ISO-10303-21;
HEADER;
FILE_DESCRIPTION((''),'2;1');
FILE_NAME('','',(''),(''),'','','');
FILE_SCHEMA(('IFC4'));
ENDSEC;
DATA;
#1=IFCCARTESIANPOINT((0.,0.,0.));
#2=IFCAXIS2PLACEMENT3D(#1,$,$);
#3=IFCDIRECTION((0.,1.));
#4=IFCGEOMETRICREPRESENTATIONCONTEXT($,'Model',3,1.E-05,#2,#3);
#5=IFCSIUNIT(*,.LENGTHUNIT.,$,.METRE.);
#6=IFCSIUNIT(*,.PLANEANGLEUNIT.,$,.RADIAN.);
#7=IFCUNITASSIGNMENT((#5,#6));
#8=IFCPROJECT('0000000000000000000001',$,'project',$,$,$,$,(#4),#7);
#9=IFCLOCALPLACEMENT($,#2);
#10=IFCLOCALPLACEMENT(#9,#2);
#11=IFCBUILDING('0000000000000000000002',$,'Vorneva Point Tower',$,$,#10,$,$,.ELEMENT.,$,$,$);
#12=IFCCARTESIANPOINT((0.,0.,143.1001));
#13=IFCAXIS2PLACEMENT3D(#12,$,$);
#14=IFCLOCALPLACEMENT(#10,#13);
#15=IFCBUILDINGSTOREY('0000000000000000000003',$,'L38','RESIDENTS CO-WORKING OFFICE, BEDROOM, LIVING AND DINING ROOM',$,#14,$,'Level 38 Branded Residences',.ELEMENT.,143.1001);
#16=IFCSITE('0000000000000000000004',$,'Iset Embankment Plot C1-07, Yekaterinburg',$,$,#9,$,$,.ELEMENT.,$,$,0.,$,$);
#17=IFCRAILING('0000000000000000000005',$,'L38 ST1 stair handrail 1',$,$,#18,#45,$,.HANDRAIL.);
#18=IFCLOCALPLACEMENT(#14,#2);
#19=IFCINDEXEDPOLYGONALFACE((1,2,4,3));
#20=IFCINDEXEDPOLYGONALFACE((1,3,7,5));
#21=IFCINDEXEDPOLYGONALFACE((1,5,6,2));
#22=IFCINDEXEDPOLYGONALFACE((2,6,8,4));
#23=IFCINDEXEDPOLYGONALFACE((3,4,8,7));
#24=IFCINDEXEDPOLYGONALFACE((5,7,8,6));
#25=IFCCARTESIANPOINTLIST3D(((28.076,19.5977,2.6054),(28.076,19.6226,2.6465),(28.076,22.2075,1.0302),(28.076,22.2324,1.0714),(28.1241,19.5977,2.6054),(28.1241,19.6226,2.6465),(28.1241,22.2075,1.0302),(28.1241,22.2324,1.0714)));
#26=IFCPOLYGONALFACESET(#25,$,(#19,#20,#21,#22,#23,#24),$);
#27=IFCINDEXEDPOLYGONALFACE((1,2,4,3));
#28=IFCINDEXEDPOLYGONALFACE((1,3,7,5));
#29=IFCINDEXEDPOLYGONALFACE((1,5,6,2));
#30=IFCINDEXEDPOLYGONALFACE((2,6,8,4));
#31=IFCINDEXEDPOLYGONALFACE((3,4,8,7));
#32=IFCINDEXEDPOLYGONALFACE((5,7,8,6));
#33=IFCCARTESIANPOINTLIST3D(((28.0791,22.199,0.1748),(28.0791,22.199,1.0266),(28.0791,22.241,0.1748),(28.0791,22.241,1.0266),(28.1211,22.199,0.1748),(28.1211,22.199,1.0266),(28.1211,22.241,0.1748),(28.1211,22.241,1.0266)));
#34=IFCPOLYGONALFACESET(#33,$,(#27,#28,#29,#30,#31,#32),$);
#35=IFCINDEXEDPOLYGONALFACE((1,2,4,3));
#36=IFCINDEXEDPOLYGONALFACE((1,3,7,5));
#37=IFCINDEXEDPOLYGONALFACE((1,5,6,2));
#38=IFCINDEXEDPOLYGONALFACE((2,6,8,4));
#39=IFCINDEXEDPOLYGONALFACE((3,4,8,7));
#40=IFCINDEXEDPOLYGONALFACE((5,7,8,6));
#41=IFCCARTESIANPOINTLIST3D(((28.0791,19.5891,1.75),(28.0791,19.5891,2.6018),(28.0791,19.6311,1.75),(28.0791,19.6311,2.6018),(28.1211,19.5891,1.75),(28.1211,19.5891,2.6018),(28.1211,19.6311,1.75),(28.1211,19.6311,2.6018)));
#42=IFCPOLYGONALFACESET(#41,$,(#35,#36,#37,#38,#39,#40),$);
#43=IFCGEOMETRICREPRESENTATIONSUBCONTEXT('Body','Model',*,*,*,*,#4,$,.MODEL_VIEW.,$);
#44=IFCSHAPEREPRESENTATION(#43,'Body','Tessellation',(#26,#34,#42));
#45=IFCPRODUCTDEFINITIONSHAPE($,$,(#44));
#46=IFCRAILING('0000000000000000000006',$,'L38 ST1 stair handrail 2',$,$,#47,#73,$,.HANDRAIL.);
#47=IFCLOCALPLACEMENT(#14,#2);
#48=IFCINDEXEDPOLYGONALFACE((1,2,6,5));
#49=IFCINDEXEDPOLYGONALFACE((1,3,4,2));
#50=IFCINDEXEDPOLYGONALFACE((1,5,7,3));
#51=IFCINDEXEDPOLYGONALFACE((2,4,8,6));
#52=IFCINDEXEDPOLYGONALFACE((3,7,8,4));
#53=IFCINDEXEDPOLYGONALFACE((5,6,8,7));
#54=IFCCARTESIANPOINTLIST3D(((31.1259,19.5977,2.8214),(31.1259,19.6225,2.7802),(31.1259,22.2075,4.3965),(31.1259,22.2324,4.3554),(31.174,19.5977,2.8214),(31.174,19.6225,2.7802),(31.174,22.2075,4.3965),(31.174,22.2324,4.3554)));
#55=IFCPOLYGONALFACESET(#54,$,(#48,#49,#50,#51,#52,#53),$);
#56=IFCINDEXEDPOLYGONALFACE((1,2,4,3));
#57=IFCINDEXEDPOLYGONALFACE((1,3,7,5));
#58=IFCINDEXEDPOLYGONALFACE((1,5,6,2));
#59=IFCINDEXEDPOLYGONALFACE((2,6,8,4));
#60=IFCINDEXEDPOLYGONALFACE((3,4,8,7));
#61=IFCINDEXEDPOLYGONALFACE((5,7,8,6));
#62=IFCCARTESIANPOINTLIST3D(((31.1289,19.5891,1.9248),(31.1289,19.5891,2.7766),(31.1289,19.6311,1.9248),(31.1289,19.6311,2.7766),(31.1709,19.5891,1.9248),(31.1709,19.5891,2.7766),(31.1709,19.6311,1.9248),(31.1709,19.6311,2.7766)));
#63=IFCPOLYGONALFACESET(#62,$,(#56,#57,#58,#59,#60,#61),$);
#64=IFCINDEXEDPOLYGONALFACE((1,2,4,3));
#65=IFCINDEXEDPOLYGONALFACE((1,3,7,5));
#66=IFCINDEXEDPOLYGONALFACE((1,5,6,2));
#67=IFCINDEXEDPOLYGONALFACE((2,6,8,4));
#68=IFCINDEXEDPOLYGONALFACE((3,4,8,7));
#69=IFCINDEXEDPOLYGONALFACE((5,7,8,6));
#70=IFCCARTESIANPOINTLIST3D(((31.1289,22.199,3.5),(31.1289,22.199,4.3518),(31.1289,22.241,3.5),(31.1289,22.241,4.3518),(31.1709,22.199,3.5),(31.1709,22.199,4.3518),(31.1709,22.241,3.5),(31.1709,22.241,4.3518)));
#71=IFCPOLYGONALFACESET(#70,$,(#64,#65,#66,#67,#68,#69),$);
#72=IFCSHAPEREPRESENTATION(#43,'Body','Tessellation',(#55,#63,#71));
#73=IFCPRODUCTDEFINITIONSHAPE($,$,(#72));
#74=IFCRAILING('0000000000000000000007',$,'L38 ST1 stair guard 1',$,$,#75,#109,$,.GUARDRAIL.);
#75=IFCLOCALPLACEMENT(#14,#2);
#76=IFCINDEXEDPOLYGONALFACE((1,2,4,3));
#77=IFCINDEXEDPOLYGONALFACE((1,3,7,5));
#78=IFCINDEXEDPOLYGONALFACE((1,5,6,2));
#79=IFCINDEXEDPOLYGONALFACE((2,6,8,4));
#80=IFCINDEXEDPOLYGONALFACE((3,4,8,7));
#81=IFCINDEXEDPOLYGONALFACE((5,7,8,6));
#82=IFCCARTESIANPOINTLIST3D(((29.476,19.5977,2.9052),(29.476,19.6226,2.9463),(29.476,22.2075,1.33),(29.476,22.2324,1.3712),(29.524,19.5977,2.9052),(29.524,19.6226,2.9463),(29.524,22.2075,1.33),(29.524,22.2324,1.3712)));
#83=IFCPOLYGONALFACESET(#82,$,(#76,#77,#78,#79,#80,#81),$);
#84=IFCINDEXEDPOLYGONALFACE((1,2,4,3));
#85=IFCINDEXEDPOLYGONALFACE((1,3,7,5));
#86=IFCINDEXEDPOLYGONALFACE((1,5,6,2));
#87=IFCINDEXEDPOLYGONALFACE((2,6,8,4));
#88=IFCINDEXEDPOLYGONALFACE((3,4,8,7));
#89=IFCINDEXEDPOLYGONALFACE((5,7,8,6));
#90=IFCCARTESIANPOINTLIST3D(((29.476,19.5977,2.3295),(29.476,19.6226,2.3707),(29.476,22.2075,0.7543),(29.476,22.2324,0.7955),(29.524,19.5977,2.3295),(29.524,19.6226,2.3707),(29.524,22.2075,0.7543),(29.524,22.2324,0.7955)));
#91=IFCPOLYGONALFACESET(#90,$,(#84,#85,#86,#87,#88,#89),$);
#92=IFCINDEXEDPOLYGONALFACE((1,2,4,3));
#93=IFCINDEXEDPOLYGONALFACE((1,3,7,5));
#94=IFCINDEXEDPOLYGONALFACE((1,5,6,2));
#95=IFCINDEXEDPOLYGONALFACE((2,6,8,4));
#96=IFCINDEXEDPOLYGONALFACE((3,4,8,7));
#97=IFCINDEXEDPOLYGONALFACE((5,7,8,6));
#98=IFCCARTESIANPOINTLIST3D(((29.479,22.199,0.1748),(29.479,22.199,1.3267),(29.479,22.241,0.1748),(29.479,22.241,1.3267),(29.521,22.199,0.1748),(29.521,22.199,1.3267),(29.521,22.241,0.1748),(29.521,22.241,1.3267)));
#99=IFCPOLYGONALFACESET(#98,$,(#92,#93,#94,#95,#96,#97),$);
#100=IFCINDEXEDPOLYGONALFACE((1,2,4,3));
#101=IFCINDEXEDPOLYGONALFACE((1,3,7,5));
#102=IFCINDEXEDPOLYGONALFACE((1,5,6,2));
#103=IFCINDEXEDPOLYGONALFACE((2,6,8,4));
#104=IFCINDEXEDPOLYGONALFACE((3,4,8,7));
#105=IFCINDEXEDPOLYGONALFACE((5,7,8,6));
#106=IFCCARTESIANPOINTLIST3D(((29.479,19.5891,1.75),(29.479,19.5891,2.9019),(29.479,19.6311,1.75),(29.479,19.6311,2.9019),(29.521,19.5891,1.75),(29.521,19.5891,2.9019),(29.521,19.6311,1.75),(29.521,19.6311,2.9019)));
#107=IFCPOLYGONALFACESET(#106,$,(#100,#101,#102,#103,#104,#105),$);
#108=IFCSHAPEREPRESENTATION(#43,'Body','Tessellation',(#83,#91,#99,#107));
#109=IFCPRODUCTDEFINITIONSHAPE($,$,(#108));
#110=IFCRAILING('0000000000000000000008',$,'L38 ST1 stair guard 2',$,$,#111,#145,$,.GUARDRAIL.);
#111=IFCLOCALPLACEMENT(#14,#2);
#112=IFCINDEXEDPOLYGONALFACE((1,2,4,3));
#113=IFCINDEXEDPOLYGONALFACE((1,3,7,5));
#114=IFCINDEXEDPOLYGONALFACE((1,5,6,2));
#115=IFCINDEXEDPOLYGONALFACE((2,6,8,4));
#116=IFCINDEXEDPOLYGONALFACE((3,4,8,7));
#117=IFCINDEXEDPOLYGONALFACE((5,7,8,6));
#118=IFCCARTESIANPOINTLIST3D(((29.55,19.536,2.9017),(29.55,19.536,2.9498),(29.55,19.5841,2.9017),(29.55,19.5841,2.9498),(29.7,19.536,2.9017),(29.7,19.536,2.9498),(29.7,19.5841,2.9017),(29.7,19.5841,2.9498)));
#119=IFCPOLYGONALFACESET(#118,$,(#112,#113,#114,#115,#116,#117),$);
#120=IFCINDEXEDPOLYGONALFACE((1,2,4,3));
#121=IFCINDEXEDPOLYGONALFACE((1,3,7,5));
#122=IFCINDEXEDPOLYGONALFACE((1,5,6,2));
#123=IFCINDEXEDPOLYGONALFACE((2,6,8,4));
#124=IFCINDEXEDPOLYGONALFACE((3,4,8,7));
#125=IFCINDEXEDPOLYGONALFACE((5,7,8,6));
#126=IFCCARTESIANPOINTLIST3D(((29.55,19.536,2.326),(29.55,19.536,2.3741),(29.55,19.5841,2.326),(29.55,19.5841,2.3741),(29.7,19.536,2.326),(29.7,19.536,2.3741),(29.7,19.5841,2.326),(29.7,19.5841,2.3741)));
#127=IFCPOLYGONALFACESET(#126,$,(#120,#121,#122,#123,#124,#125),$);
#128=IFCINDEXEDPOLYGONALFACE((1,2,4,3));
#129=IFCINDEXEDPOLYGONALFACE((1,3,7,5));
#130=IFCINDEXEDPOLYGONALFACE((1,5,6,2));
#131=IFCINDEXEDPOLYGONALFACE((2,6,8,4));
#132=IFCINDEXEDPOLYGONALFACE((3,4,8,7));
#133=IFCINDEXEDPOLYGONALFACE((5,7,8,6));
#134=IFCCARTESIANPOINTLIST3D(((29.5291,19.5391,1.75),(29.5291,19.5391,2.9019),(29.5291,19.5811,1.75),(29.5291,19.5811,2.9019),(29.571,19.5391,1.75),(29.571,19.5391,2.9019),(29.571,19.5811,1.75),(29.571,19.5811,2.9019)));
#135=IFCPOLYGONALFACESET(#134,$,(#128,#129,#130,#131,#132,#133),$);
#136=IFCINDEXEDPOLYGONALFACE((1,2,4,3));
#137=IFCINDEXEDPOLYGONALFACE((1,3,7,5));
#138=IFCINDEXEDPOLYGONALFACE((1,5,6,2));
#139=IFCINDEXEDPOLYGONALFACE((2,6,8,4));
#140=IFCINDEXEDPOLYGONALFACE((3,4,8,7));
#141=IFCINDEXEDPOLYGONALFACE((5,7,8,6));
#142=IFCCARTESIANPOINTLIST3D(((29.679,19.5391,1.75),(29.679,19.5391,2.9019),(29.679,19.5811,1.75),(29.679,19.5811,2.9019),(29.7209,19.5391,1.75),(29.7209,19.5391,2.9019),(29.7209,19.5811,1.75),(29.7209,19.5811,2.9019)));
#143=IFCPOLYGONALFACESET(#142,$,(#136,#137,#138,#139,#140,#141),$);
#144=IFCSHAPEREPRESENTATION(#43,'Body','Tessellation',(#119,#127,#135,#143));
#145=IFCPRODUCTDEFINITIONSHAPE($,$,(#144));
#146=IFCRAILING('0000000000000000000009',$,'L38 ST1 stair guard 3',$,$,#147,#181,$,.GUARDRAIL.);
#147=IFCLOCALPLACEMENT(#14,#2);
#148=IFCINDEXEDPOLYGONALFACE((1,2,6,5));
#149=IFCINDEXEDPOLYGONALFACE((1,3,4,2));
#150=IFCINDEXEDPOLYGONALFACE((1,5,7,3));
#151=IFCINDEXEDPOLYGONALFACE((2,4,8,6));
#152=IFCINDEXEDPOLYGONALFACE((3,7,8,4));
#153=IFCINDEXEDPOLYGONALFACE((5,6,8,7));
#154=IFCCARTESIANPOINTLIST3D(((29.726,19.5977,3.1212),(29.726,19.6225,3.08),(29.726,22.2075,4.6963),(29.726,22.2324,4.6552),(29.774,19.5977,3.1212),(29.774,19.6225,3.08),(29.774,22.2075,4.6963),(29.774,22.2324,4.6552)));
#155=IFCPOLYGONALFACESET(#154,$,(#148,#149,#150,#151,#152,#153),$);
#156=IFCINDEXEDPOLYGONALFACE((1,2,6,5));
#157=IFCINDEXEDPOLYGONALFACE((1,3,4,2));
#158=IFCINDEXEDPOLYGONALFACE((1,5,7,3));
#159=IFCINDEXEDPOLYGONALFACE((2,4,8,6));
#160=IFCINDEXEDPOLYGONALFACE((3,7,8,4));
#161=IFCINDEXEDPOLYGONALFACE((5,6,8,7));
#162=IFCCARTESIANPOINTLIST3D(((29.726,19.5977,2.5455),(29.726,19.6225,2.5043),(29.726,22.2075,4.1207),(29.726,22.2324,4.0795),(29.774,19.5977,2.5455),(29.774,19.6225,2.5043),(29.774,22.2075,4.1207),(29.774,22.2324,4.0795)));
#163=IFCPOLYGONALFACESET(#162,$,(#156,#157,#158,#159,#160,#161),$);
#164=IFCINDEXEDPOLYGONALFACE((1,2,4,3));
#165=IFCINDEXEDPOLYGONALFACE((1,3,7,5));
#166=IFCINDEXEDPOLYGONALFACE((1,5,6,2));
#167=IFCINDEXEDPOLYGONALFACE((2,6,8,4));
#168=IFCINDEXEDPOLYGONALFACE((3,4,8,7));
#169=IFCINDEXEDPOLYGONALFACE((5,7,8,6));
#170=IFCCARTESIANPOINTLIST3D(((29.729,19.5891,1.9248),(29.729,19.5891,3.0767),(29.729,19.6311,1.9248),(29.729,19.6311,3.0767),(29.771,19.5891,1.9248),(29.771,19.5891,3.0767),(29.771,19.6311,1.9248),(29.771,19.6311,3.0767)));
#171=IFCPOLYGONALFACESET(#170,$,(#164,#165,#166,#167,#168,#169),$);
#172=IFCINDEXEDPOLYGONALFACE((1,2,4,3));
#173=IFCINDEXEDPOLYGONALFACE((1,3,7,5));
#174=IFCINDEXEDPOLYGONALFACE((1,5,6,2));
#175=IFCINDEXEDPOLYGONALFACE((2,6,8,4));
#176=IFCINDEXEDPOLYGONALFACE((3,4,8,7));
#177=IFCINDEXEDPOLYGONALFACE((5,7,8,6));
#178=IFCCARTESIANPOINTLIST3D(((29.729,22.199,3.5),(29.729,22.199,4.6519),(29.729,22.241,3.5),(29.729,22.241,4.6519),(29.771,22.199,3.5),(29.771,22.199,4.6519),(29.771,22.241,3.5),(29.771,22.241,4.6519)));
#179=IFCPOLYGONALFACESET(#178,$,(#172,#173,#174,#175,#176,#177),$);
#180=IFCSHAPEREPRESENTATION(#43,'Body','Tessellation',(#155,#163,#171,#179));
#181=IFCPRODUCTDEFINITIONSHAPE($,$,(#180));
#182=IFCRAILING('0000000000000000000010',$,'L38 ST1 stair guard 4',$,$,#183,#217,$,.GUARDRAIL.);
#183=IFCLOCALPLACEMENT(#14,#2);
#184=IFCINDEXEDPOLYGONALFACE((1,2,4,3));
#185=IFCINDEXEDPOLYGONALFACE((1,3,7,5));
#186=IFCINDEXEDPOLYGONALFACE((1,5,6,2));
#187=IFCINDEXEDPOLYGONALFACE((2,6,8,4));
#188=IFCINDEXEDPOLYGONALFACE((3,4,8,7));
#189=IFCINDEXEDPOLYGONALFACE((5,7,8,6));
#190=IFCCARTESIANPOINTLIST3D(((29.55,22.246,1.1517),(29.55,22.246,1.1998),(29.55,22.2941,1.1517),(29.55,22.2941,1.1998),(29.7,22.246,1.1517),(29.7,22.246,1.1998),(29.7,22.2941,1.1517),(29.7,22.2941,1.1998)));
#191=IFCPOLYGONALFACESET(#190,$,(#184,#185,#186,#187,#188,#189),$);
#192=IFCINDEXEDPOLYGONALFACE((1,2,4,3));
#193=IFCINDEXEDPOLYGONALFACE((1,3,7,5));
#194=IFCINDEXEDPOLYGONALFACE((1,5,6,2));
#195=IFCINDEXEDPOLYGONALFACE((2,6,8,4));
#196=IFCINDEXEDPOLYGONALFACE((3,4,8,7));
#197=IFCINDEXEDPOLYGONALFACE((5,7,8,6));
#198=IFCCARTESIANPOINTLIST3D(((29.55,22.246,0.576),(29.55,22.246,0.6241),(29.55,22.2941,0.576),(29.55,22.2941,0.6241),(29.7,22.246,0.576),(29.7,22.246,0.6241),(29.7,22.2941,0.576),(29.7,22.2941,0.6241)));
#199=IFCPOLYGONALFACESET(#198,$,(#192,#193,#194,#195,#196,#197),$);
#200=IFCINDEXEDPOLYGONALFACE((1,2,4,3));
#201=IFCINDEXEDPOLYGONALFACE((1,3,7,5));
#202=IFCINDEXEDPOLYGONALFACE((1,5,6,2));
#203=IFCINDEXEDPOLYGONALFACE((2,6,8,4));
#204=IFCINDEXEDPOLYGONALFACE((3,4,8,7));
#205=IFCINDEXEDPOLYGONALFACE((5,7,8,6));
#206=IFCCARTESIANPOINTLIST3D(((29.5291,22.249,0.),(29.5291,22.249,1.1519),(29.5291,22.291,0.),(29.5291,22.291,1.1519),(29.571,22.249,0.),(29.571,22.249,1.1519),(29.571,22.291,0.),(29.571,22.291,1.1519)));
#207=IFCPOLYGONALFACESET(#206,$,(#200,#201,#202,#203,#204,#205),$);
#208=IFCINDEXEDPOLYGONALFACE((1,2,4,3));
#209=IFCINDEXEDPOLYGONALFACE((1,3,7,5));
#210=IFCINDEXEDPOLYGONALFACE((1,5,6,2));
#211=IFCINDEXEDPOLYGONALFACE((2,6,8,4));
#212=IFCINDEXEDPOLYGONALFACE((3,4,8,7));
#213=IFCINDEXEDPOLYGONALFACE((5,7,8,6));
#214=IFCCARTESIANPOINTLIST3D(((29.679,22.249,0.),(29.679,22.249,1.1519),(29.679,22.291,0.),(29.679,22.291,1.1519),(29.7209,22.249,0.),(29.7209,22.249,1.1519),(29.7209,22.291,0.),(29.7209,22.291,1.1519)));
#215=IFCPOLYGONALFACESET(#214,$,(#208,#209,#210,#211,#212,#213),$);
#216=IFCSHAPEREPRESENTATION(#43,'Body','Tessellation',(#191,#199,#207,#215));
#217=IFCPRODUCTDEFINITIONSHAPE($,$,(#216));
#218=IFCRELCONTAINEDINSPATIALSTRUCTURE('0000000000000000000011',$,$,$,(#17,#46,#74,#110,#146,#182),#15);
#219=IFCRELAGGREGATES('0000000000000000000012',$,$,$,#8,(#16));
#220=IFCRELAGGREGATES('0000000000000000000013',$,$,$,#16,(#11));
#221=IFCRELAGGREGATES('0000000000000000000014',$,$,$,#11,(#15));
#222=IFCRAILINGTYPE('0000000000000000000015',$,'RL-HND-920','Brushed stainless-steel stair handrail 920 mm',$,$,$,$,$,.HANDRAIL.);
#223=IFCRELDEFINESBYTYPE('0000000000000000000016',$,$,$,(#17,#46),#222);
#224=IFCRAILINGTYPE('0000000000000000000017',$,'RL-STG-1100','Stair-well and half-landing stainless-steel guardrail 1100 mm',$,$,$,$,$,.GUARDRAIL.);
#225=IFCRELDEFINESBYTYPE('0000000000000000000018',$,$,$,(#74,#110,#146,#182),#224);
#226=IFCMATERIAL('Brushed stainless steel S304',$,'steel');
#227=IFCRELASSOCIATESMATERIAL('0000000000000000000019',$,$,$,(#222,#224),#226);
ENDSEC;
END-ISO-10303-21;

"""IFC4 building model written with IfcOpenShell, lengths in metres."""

from ifc_helpers import new_model, si_unit, direction, frame, origin, origin_2d, place, context, subcontext, project, spatial, rectangle, extrude, material, type_object, element, save


model = new_model("IFC4")

# Units and contexts
model_context = context("Model", 3, precision=1e-05, world=origin(), true_north=direction((0.0, 1.0)))
body_context = subcontext(model_context, "Body", "Model", "MODEL_VIEW")
ifc_project = project(units=[si_unit("LENGTHUNIT", "METRE"), si_unit("PLANEANGLEUNIT", "RADIAN")], contexts=[model_context])

# Site, building, storey
site_placement = place(None, origin())
site = spatial("IfcSite", under=ifc_project, at=site_placement, Name="Iset Embankment Plot C1-07, Yekaterinburg", CompositionType="ELEMENT", RefElevation=0.0)
building_placement = place(site_placement, origin())
building = spatial("IfcBuilding", under=site, at=building_placement, Name="Vorneva Point Tower", CompositionType="ELEMENT")
storey_placement = place(building_placement, frame((0.0, 0.0, 143.1001)))
storey = spatial("IfcBuildingStorey", under=building, at=storey_placement, Name="L38", Description="RESIDENTS CO-WORKING OFFICE, BEDROOM, LIVING AND DINING ROOM", LongName="Level 38 Branded Residences", CompositionType="ELEMENT", Elevation=143.1001)

# Shared definitions
ifc_material_1 = material(Name="Brushed stainless steel S304", Category="steel")

# Railings
railing_type_1 = type_object("IfcRailingType", Name="RL-HND-920", Description="Brushed stainless-steel stair handrail 920 mm", PredefinedType="HANDRAIL", material=ifc_material_1)
railing_1_placement = place(storey_placement, frame((28.1001, 22.22, 0.1748)))
element("IfcRailing", 1, at=railing_1_placement, inside=storey, type_object=railing_type_1, Name="L38 ST1 stair handrail 1", PredefinedType="HANDRAIL", context=body_context, shape_type="SweptSolid", body=[
    extrude(rectangle(XDim=0.0481, YDim=0.0481, at=origin_2d()), frame((0.0, 0.0, 0.876), z_axis=(0.0, -0.856147, 0.516732), x_axis=(1.0, 0.0, 0.0)), (0.0, 0.0, 1.0), 3.0483),
    extrude(rectangle(XDim=0.042, YDim=0.042, at=origin_2d()), origin(), (0.0, 0.0, 1.0), 0.8518),
    extrude(rectangle(XDim=0.042, YDim=0.042, at=origin_2d()), frame((0.0, -2.6099, 1.5752)), (0.0, 0.0, 1.0), 0.8518),
])
railing_2_placement = place(storey_placement, frame((31.1499, 19.6101, 1.9248)))
element("IfcRailing", 2, at=railing_2_placement, inside=storey, type_object=railing_type_1, Name="L38 ST1 stair handrail 2", PredefinedType="HANDRAIL", context=body_context, shape_type="SweptSolid", body=[
    extrude(rectangle(XDim=0.0481, YDim=0.0481, at=origin_2d()), frame((0.0, 0.0, 0.876), z_axis=(0.0, 0.856147, 0.516732), x_axis=(-1.0, 0.0, 0.0)), (0.0, 0.0, 1.0), 3.0483),
    extrude(rectangle(XDim=0.042, YDim=0.042, at=origin_2d()), origin(), (0.0, 0.0, 1.0), 0.8518),
    extrude(rectangle(XDim=0.042, YDim=0.042, at=origin_2d()), frame((0.0, 2.6099, 1.5752)), (0.0, 0.0, 1.0), 0.8518),
])
railing_type_2 = type_object("IfcRailingType", Name="RL-STG-1100", Description="Stair-well and half-landing stainless-steel guardrail 1100 mm", PredefinedType="GUARDRAIL", material=ifc_material_1)
railing_3_placement = place(storey_placement, frame((29.5, 22.22, 0.1748)))
element("IfcRailing", 3, at=railing_3_placement, inside=storey, type_object=railing_type_2, Name="L38 ST1 stair guard 1", PredefinedType="GUARDRAIL", context=body_context, shape_type="SweptSolid", body=[
    extrude(rectangle(XDim=0.0481, YDim=0.0481, at=origin_2d()), frame((0.0, 0.0, 1.1758), z_axis=(0.0, -0.856147, 0.516732), x_axis=(1.0, 0.0, 0.0)), (0.0, 0.0, 1.0), 3.0483),
    extrude(rectangle(XDim=0.0481, YDim=0.0481, at=origin_2d()), frame((0.0, 0.0, 0.6001), z_axis=(0.0, -0.856147, 0.516732), x_axis=(1.0, 0.0, 0.0)), (0.0, 0.0, 1.0), 3.0483),
    extrude(rectangle(XDim=0.042, YDim=0.042, at=origin_2d()), origin(), (0.0, 0.0, 1.0), 1.1519),
    extrude(rectangle(XDim=0.042, YDim=0.042, at=origin_2d()), frame((0.0, -2.6099, 1.5752)), (0.0, 0.0, 1.0), 1.1519),
])
railing_4_placement = place(storey_placement, frame((29.55, 19.5601, 1.75)))
element("IfcRailing", 4, at=railing_4_placement, inside=storey, type_object=railing_type_2, Name="L38 ST1 stair guard 2", PredefinedType="GUARDRAIL", context=body_context, shape_type="SweptSolid", body=[
    extrude(rectangle(XDim=0.0481, YDim=0.0481, at=origin_2d()), frame((0.0, 0.0, 1.1758), z_axis=(1.0, 0.0, 0.0), x_axis=(0.0, 1.0, 0.0)), (0.0, 0.0, 1.0), 0.1499),
    extrude(rectangle(XDim=0.0481, YDim=0.0481, at=origin_2d()), frame((0.0, 0.0, 0.6001), z_axis=(1.0, 0.0, 0.0), x_axis=(0.0, 1.0, 0.0)), (0.0, 0.0, 1.0), 0.1499),
    extrude(rectangle(XDim=0.042, YDim=0.042, at=origin_2d()), origin(), (0.0, 0.0, 1.0), 1.1519),
    extrude(rectangle(XDim=0.042, YDim=0.042, at=origin_2d()), frame((0.1499, 0.0, 0.0)), (0.0, 0.0, 1.0), 1.1519),
])
railing_5_placement = place(storey_placement, frame((29.75, 19.6101, 1.9248)))
element("IfcRailing", 5, at=railing_5_placement, inside=storey, type_object=railing_type_2, Name="L38 ST1 stair guard 3", PredefinedType="GUARDRAIL", context=body_context, shape_type="SweptSolid", body=[
    extrude(rectangle(XDim=0.0481, YDim=0.0481, at=origin_2d()), frame((0.0, 0.0, 1.1758), z_axis=(0.0, 0.856147, 0.516732), x_axis=(-1.0, 0.0, 0.0)), (0.0, 0.0, 1.0), 3.0483),
    extrude(rectangle(XDim=0.0481, YDim=0.0481, at=origin_2d()), frame((0.0, 0.0, 0.6001), z_axis=(0.0, 0.856147, 0.516732), x_axis=(-1.0, 0.0, 0.0)), (0.0, 0.0, 1.0), 3.0483),
    extrude(rectangle(XDim=0.042, YDim=0.042, at=origin_2d()), origin(), (0.0, 0.0, 1.0), 1.1519),
    extrude(rectangle(XDim=0.042, YDim=0.042, at=origin_2d()), frame((0.0, 2.6099, 1.5752)), (0.0, 0.0, 1.0), 1.1519),
])
railing_6_placement = place(storey_placement, frame((29.55, 22.27, 0.0)))
element("IfcRailing", 6, at=railing_6_placement, inside=storey, type_object=railing_type_2, Name="L38 ST1 stair guard 4", PredefinedType="GUARDRAIL", context=body_context, shape_type="SweptSolid", body=[
    extrude(rectangle(XDim=0.0481, YDim=0.0481, at=origin_2d()), frame((0.0, 0.0, 1.1758), z_axis=(1.0, 0.0, 0.0), x_axis=(0.0, 1.0, 0.0)), (0.0, 0.0, 1.0), 0.1499),
    extrude(rectangle(XDim=0.0481, YDim=0.0481, at=origin_2d()), frame((0.0, 0.0, 0.6001), z_axis=(1.0, 0.0, 0.0), x_axis=(0.0, 1.0, 0.0)), (0.0, 0.0, 1.0), 0.1499),
    extrude(rectangle(XDim=0.042, YDim=0.042, at=origin_2d()), origin(), (0.0, 0.0, 1.0), 1.1519),
    extrude(rectangle(XDim=0.042, YDim=0.042, at=origin_2d()), frame((0.1499, 0.0, 0.0)), (0.0, 0.0, 1.0), 1.1519),
])

save(model, "model.ifc")
